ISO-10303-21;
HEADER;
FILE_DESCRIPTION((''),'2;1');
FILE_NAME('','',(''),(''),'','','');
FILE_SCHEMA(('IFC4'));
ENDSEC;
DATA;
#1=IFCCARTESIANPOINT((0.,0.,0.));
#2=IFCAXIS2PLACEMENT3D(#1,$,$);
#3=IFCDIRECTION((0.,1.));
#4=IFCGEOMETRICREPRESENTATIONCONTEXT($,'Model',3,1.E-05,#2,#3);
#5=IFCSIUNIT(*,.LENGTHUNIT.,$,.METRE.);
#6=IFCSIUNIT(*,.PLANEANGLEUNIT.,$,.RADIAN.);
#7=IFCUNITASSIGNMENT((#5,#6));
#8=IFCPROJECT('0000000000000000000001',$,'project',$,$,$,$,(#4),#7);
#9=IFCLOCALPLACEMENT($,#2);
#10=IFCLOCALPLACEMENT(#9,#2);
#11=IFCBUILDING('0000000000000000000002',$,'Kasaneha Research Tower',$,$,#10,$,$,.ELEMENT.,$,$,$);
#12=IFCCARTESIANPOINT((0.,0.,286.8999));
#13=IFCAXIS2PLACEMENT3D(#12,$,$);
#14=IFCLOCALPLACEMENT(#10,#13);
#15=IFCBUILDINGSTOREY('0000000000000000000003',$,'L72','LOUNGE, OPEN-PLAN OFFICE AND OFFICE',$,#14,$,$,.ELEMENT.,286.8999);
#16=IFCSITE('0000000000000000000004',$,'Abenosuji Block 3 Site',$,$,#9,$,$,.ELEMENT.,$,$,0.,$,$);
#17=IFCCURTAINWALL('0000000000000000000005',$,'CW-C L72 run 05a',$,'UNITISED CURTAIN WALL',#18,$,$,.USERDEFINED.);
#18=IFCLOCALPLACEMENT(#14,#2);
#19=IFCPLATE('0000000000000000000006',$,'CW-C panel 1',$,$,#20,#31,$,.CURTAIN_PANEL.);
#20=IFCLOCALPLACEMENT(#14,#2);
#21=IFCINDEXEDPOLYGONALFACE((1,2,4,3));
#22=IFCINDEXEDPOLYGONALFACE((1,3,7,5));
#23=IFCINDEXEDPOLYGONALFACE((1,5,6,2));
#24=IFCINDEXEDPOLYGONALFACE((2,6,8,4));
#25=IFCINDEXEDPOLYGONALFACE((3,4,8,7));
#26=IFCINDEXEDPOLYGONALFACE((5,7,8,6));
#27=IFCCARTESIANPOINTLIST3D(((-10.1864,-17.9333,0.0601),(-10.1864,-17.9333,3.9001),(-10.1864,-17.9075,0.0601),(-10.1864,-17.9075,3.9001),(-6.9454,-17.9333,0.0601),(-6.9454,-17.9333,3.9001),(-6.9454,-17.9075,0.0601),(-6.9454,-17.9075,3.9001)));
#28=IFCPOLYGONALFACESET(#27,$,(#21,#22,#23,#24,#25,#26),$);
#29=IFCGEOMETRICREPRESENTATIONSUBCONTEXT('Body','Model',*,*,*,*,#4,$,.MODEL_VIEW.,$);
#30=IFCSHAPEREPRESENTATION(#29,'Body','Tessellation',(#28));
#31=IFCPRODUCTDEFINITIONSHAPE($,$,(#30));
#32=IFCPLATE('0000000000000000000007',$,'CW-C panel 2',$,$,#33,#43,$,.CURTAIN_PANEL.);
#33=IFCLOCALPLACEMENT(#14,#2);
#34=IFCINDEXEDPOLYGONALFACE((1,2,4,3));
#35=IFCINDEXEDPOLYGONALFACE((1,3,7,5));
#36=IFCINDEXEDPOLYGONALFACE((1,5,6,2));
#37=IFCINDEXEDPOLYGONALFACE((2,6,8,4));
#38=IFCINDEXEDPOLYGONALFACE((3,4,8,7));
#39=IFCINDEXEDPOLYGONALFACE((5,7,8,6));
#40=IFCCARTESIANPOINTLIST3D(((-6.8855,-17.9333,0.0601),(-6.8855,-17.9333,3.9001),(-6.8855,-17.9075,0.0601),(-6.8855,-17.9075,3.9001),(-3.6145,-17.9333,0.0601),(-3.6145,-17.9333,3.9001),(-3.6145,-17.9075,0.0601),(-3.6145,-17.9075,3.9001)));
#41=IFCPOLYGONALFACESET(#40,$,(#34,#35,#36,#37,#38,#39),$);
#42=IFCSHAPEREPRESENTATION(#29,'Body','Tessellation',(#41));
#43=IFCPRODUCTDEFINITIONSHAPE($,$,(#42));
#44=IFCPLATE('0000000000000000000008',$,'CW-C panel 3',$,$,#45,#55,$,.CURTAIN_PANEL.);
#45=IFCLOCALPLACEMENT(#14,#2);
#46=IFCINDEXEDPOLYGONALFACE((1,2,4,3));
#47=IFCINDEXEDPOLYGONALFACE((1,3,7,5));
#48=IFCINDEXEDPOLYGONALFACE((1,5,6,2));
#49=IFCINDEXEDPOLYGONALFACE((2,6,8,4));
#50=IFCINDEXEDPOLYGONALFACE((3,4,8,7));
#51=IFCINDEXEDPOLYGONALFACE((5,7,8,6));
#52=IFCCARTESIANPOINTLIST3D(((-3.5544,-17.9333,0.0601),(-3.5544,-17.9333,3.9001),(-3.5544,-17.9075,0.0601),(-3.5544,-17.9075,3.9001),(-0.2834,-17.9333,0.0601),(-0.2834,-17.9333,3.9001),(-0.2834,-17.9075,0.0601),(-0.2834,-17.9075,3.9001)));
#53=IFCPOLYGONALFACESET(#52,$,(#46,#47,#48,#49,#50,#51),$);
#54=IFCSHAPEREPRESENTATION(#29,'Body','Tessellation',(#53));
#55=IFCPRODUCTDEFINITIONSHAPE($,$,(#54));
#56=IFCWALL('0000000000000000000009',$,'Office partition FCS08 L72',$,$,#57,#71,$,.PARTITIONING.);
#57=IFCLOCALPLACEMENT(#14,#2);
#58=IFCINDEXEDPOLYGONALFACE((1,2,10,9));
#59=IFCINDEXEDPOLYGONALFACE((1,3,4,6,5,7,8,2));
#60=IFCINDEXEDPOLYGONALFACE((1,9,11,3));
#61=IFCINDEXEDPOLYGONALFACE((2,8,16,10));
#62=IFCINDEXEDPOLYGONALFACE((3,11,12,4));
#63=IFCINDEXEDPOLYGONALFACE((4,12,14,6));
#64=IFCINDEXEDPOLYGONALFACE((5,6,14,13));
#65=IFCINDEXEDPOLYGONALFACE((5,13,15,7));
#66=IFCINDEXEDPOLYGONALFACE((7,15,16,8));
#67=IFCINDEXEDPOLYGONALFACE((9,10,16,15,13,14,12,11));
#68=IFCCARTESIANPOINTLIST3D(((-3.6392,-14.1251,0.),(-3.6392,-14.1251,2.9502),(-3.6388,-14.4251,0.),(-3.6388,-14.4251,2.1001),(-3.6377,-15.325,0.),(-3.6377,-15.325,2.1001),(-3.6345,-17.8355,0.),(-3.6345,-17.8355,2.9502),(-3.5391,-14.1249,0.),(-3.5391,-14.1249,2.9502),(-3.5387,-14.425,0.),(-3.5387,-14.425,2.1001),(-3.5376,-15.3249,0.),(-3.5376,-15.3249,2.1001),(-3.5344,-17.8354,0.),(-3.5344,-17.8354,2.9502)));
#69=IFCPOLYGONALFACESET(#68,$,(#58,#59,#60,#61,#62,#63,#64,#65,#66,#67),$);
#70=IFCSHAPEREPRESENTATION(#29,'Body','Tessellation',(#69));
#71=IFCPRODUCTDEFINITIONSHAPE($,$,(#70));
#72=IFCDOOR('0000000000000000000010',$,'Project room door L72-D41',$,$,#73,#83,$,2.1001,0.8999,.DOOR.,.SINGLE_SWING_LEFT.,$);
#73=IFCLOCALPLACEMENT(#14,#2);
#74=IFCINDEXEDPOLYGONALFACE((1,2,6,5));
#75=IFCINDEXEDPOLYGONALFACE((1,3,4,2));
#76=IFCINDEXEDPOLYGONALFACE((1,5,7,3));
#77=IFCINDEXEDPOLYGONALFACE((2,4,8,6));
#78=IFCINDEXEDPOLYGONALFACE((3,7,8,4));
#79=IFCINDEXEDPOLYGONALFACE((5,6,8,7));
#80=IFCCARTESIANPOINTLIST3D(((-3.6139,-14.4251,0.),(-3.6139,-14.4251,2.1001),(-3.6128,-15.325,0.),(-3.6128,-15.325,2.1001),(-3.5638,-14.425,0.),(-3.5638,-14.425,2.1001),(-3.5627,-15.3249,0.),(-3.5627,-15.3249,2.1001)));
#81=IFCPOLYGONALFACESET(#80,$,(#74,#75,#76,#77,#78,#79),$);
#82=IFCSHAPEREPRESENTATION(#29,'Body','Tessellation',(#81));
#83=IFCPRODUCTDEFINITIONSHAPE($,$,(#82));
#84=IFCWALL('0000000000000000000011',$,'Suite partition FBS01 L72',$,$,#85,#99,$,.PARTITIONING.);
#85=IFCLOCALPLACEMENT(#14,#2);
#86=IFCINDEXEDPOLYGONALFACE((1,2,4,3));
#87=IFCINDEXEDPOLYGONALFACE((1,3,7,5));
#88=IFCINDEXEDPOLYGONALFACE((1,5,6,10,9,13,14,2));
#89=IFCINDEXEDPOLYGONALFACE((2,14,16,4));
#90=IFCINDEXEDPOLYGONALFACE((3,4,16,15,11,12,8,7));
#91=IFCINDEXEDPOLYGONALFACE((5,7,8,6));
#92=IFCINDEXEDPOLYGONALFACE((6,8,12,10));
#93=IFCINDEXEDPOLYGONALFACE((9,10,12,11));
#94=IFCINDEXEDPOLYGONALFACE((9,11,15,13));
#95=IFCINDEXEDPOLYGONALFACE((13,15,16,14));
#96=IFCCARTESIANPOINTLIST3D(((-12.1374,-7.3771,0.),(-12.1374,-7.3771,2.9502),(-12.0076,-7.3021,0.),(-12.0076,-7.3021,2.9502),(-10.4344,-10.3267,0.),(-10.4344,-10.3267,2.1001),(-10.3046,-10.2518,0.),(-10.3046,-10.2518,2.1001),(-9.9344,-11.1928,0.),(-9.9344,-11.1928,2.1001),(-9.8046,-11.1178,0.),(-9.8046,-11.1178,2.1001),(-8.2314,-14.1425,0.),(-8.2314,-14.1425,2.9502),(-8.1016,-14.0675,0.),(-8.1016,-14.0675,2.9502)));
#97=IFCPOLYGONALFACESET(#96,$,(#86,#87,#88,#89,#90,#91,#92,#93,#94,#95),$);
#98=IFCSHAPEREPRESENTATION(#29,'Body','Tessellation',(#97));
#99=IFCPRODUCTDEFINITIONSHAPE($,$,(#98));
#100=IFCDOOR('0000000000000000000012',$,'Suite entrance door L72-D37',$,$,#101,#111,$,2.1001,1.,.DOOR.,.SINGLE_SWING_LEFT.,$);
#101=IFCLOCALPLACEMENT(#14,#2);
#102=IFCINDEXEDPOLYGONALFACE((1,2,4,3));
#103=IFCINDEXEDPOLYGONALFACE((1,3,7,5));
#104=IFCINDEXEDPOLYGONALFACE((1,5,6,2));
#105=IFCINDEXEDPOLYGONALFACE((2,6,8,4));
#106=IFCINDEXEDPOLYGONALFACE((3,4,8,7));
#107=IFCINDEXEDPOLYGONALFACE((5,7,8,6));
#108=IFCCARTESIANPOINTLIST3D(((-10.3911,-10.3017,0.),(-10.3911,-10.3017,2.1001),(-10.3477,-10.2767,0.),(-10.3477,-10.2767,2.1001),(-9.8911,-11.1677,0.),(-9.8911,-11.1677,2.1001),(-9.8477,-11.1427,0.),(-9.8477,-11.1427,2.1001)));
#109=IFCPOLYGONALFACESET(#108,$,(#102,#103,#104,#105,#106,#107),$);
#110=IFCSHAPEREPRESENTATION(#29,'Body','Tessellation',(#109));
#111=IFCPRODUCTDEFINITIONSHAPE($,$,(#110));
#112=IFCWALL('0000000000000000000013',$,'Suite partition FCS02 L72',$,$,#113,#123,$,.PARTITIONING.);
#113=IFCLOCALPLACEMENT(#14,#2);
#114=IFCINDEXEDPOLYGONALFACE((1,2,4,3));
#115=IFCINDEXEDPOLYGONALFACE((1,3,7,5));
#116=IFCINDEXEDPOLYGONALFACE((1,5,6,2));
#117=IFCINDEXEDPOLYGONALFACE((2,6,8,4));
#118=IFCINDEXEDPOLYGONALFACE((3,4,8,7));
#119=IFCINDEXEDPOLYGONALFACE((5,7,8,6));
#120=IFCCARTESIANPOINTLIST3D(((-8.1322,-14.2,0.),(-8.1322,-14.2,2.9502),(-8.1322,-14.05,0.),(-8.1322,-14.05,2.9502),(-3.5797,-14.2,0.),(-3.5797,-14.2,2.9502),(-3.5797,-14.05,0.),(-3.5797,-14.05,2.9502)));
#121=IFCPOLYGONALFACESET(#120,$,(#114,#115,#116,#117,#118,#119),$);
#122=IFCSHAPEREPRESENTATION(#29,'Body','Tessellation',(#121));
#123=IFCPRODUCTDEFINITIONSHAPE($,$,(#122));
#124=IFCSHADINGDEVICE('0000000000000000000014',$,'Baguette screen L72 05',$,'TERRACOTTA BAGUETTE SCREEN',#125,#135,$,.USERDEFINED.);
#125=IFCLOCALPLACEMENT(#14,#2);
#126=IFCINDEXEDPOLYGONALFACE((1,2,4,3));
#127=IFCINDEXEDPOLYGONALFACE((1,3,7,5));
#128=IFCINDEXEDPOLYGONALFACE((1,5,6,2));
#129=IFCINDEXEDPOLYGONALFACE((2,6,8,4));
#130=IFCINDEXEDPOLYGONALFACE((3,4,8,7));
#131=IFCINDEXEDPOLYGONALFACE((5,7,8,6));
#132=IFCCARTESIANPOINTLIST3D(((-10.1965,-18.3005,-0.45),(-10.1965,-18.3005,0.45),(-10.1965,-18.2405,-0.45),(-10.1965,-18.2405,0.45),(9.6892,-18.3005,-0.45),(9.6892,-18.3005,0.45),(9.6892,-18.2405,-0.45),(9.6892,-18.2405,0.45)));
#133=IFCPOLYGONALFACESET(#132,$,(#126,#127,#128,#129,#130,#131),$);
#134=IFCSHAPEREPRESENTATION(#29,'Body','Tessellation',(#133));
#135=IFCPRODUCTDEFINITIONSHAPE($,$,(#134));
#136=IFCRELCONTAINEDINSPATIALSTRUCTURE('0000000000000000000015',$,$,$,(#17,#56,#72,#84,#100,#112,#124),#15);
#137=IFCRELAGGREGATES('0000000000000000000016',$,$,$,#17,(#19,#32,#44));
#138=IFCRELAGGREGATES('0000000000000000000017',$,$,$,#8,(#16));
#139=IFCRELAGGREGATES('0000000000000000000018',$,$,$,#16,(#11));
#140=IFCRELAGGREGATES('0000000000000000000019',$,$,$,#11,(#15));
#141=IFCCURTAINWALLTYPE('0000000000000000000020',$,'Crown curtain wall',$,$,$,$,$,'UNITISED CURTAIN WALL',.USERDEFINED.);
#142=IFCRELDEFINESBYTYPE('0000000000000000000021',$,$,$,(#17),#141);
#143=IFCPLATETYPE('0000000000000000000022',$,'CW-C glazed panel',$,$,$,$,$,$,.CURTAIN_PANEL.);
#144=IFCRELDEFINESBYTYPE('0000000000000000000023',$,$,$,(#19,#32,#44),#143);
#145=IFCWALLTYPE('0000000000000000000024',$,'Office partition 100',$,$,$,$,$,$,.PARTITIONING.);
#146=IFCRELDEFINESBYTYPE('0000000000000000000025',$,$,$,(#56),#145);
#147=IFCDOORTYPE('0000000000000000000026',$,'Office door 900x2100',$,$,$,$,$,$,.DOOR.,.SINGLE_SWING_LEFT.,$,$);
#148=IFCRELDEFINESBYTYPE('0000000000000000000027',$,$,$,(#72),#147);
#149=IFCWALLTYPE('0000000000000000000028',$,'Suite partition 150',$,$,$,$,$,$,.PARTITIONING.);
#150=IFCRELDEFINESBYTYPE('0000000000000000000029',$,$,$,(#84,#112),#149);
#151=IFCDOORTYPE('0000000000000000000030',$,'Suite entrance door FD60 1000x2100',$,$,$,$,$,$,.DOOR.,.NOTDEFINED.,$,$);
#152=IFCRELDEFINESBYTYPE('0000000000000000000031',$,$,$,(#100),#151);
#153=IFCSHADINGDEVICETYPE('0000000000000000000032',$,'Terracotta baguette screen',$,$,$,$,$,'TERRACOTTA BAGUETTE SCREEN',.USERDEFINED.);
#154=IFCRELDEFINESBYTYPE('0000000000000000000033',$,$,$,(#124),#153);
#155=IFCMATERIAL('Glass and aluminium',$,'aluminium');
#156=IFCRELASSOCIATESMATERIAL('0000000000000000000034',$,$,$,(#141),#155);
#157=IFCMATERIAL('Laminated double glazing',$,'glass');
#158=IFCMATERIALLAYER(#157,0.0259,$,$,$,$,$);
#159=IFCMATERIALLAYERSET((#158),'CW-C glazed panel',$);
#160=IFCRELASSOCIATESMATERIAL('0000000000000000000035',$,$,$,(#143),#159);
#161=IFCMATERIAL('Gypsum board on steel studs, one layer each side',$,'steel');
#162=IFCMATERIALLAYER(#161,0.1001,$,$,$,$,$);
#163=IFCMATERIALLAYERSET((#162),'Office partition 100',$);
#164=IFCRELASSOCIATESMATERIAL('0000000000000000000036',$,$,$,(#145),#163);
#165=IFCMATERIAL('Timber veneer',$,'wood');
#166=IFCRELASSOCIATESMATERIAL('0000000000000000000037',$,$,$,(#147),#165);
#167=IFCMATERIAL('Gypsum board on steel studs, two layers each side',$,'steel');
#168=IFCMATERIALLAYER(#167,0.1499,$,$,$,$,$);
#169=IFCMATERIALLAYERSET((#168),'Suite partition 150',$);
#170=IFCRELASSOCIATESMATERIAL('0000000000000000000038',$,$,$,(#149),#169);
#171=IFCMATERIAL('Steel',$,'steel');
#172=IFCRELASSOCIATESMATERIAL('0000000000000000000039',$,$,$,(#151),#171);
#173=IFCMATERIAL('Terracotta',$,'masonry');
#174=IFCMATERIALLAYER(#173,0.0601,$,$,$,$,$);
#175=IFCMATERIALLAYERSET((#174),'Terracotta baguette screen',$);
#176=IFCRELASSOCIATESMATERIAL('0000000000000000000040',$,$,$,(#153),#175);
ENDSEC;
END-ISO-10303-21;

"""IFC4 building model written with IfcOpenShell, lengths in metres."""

from ifc_helpers import new_model, si_unit, direction, frame, frame_2d, origin, origin_2d, place, context, subcontext, project, spatial, rectangle, extrude, material, layer, layer_set, type_object, element, fill, aggregate, save


model = new_model("IFC4")

# Units and contexts
model_context = context("Model", 3, precision=1e-05, world=origin(), true_north=direction((0.0, 1.0)))
body_context = subcontext(model_context, "Body", "Model", "MODEL_VIEW")
ifc_project = project(units=[si_unit("LENGTHUNIT", "METRE"), si_unit("PLANEANGLEUNIT", "RADIAN")], contexts=[model_context])

# Site, building, storey
site_placement = place(None, origin())
site = spatial("IfcSite", under=ifc_project, at=site_placement, Name="Abenosuji Block 3 Site", CompositionType="ELEMENT", RefElevation=0.0)
building_placement = place(site_placement, origin())
building = spatial("IfcBuilding", under=site, at=building_placement, Name="Kasaneha Research Tower", CompositionType="ELEMENT")
storey_placement = place(building_placement, frame((0.0, 0.0, 286.8999)))
storey = spatial("IfcBuildingStorey", under=building, at=storey_placement, Name="L72", Description="LOUNGE, OPEN-PLAN OFFICE AND OFFICE", CompositionType="ELEMENT", Elevation=286.8999)

# Curtain wall
ifc_material_1 = material(Name="Glass and aluminium", Category="aluminium")
curtain_wall_type = type_object("IfcCurtainWallType", Name="Crown curtain wall", ElementType="UNITISED CURTAIN WALL", PredefinedType="USERDEFINED", material=ifc_material_1)
curtain_wall_placement = place(storey_placement, origin())
curtain_wall = element("IfcCurtainWall", 1, at=curtain_wall_placement, inside=storey, type_object=curtain_wall_type, Name="CW-C L72 run 05a", ObjectType="UNITISED CURTAIN WALL", PredefinedType="USERDEFINED")

# Plates
ifc_material_2 = material(Name="Laminated double glazing", Category="glass")
ifc_layer_1 = layer(ifc_material_2, 0.0259)
ifc_layer_set_1 = layer_set([ifc_layer_1], Name="CW-C glazed panel")
plate_type = type_object("IfcPlateType", Name="CW-C glazed panel", PredefinedType="CURTAIN_PANEL", material=ifc_layer_set_1)
plate_1_placement = place(storey_placement, frame((-8.5659, -17.9204, 0.0601), z_axis=(0.0, 0.0, 1.0), x_axis=(1.0, 0.0, 0.0)))
plate_1 = element("IfcPlate", 2, at=plate_1_placement, type_object=plate_type, Name="CW-C panel 1", PredefinedType="CURTAIN_PANEL", context=body_context, shape_type="SweptSolid", body=[
    extrude(rectangle(XDim=3.241, YDim=0.0259, at=origin_2d()), origin(), (0.0, 0.0, 1.0), 3.8401),
])
plate_2_placement = place(storey_placement, frame((-5.25, -17.9204, 0.0601), z_axis=(0.0, 0.0, 1.0), x_axis=(1.0, 0.0, 0.0)))
plate_2 = element("IfcPlate", 3, at=plate_2_placement, type_object=plate_type, Name="CW-C panel 2", PredefinedType="CURTAIN_PANEL", context=body_context, shape_type="SweptSolid", body=[
    extrude(rectangle(XDim=3.271, YDim=0.0259, at=origin_2d()), origin(), (0.0, 0.0, 1.0), 3.8401),
])
plate_3_placement = place(storey_placement, frame((-1.9189, -17.9204, 0.0601), z_axis=(0.0, 0.0, 1.0), x_axis=(1.0, 0.0, 0.0)))
plate_3 = element("IfcPlate", 4, at=plate_3_placement, type_object=plate_type, Name="CW-C panel 3", PredefinedType="CURTAIN_PANEL", context=body_context, shape_type="SweptSolid", body=[
    extrude(rectangle(XDim=3.271, YDim=0.0259, at=origin_2d()), origin(), (0.0, 0.0, 1.0), 3.8401),
])
aggregate(curtain_wall, [plate_1, plate_2, plate_3])

# Walls, openings, doors
ifc_material_3 = material(Name="Gypsum board on steel studs, one layer each side", Category="steel")
ifc_layer_2 = layer(ifc_material_3, 0.1001)
ifc_layer_set_2 = layer_set([ifc_layer_2], Name="Office partition 100")
wall_type_1 = type_object("IfcWallType", Name="Office partition 100", PredefinedType="PARTITIONING", material=ifc_layer_set_2)
wall_1_placement = place(storey_placement, frame((-3.5891, -14.125, 0.0), z_axis=(0.0, 0.0, 1.0), x_axis=(0.00125, -0.999999, 0.0)))
wall_1 = element("IfcWall", 5, at=wall_1_placement, inside=storey, type_object=wall_type_1, Name="Office partition FCS08 L72", PredefinedType="PARTITIONING", context=body_context, shape_type="SweptSolid", body=[
    extrude(rectangle(XDim=3.7104, YDim=0.1001, at=frame_2d((1.8552, 0.0))), origin(), (0.0, 0.0, 1.0), 2.9502),
])
opening_1_placement = place(wall_1_placement, frame((0.3, 0.0, 0.0)))
opening_1 = element("IfcOpeningElement", 6, at=opening_1_placement, cuts=wall_1, PredefinedType="OPENING", context=body_context, shape_type="SweptSolid", body=[
    extrude(rectangle(XDim=0.8999, YDim=2.1001, at=frame_2d((0.45, 1.05))), frame((0.0, 0.0601, 0.0), z_axis=(0.0, -1.0, 0.0), x_axis=(1.0, 0.0, 0.0)), (0.0, 0.0, 1.0), 0.1201),
])
ifc_material_4 = material(Name="Timber veneer", Category="wood")
door_type_1 = type_object("IfcDoorType", Name="Office door 900x2100", OperationType="SINGLE_SWING_LEFT", PredefinedType="DOOR", material=ifc_material_4)
door_1_placement = place(opening_1_placement, origin())
door_1 = element("IfcDoor", 7, at=door_1_placement, inside=storey, type_object=door_type_1, Name="Project room door L72-D41", OperationType="SINGLE_SWING_LEFT", OverallHeight=2.1001, OverallWidth=0.8999, PredefinedType="DOOR", context=body_context, shape_type="SweptSolid", body=[
    extrude(rectangle(XDim=0.8999, YDim=2.1001, at=frame_2d((0.45, 1.05))), frame((0.0, 0.0249, 0.0), z_axis=(0.0, -1.0, 0.0), x_axis=(1.0, 0.0, 0.0)), (0.0, 0.0, 1.0), 0.05),
])
fill(opening_1, door_1)
ifc_material_5 = material(Name="Gypsum board on steel studs, two layers each side", Category="steel")
ifc_layer_3 = layer(ifc_material_5, 0.1499)
ifc_layer_set_3 = layer_set([ifc_layer_3], Name="Suite partition 150")
wall_type_2 = type_object("IfcWallType", Name="Suite partition 150", PredefinedType="PARTITIONING", material=ifc_layer_set_3)
wall_2_placement = place(storey_placement, frame((-8.1665, -14.105, 0.0), z_axis=(0.0, 0.0, 1.0), x_axis=(-0.500001, 0.866025, 0.0)))
wall_2 = element("IfcWall", 8, at=wall_2_placement, inside=storey, type_object=wall_type_2, Name="Suite partition FBS01 L72", PredefinedType="PARTITIONING", context=body_context, shape_type="SweptSolid", body=[
    extrude(rectangle(XDim=7.812, YDim=0.1499, at=frame_2d((3.906, 0.0))), origin(), (0.0, 0.0, 1.0), 2.9502),
])
opening_2_placement = place(wall_2_placement, frame((3.406, 0.0, 0.0)))
opening_2 = element("IfcOpeningElement", 9, at=opening_2_placement, cuts=wall_2, PredefinedType="OPENING", context=body_context, shape_type="SweptSolid", body=[
    extrude(rectangle(XDim=1.0, YDim=2.1001, at=frame_2d((0.5, 1.05))), frame((0.0, 0.085, 0.0), z_axis=(0.0, -1.0, 0.0), x_axis=(1.0, 0.0, 0.0)), (0.0, 0.0, 1.0), 0.1699),
])
ifc_material_6 = material(Name="Steel", Category="steel")
door_type_2 = type_object("IfcDoorType", Name="Suite entrance door FD60 1000x2100", OperationType="NOTDEFINED", PredefinedType="DOOR", material=ifc_material_6)
door_2_placement = place(opening_2_placement, origin())
door_2 = element("IfcDoor", 10, at=door_2_placement, inside=storey, type_object=door_type_2, Name="Suite entrance door L72-D37", OperationType="SINGLE_SWING_LEFT", OverallHeight=2.1001, OverallWidth=1.0, PredefinedType="DOOR", context=body_context, shape_type="SweptSolid", body=[
    extrude(rectangle(XDim=1.0, YDim=2.1001, at=frame_2d((0.5, 1.05))), frame((0.0, 0.0249, 0.0), z_axis=(0.0, -1.0, 0.0), x_axis=(1.0, 0.0, 0.0)), (0.0, 0.0, 1.0), 0.05),
])
fill(opening_2, door_2)

# Wall
wall_3_placement = place(storey_placement, frame((-3.5796, -14.125, 0.0), z_axis=(0.0, 0.0, 1.0), x_axis=(-1.0, 0.0, 0.0)))
element("IfcWall", 11, at=wall_3_placement, inside=storey, type_object=wall_type_2, Name="Suite partition FCS02 L72", PredefinedType="PARTITIONING", context=body_context, shape_type="SweptSolid", body=[
    extrude(rectangle(XDim=4.5525, YDim=0.1499, at=frame_2d((2.2764, 0.0))), origin(), (0.0, 0.0, 1.0), 2.9502),
])

# Shading device
ifc_material_7 = material(Name="Terracotta", Category="masonry")
ifc_layer_4 = layer(ifc_material_7, 0.0601)
ifc_layer_set_4 = layer_set([ifc_layer_4], Name="Terracotta baguette screen")
shading_device_type = type_object("IfcShadingDeviceType", Name="Terracotta baguette screen", ElementType="TERRACOTTA BAGUETTE SCREEN", PredefinedType="USERDEFINED", material=ifc_layer_set_4)
shading_device_placement = place(storey_placement, frame((-0.2537, -18.2705, -0.45), z_axis=(0.0, 0.0, 1.0), x_axis=(1.0, 0.0, 0.0)))
element("IfcShadingDevice", 12, at=shading_device_placement, inside=storey, type_object=shading_device_type, Name="Baguette screen L72 05", ObjectType="TERRACOTTA BAGUETTE SCREEN", PredefinedType="USERDEFINED", context=body_context, shape_type="SweptSolid", body=[
    extrude(rectangle(XDim=19.8857, YDim=0.0601, at=origin_2d()), origin(), (0.0, 0.0, 1.0), 0.8999),
])

save(model, "model.ifc")
